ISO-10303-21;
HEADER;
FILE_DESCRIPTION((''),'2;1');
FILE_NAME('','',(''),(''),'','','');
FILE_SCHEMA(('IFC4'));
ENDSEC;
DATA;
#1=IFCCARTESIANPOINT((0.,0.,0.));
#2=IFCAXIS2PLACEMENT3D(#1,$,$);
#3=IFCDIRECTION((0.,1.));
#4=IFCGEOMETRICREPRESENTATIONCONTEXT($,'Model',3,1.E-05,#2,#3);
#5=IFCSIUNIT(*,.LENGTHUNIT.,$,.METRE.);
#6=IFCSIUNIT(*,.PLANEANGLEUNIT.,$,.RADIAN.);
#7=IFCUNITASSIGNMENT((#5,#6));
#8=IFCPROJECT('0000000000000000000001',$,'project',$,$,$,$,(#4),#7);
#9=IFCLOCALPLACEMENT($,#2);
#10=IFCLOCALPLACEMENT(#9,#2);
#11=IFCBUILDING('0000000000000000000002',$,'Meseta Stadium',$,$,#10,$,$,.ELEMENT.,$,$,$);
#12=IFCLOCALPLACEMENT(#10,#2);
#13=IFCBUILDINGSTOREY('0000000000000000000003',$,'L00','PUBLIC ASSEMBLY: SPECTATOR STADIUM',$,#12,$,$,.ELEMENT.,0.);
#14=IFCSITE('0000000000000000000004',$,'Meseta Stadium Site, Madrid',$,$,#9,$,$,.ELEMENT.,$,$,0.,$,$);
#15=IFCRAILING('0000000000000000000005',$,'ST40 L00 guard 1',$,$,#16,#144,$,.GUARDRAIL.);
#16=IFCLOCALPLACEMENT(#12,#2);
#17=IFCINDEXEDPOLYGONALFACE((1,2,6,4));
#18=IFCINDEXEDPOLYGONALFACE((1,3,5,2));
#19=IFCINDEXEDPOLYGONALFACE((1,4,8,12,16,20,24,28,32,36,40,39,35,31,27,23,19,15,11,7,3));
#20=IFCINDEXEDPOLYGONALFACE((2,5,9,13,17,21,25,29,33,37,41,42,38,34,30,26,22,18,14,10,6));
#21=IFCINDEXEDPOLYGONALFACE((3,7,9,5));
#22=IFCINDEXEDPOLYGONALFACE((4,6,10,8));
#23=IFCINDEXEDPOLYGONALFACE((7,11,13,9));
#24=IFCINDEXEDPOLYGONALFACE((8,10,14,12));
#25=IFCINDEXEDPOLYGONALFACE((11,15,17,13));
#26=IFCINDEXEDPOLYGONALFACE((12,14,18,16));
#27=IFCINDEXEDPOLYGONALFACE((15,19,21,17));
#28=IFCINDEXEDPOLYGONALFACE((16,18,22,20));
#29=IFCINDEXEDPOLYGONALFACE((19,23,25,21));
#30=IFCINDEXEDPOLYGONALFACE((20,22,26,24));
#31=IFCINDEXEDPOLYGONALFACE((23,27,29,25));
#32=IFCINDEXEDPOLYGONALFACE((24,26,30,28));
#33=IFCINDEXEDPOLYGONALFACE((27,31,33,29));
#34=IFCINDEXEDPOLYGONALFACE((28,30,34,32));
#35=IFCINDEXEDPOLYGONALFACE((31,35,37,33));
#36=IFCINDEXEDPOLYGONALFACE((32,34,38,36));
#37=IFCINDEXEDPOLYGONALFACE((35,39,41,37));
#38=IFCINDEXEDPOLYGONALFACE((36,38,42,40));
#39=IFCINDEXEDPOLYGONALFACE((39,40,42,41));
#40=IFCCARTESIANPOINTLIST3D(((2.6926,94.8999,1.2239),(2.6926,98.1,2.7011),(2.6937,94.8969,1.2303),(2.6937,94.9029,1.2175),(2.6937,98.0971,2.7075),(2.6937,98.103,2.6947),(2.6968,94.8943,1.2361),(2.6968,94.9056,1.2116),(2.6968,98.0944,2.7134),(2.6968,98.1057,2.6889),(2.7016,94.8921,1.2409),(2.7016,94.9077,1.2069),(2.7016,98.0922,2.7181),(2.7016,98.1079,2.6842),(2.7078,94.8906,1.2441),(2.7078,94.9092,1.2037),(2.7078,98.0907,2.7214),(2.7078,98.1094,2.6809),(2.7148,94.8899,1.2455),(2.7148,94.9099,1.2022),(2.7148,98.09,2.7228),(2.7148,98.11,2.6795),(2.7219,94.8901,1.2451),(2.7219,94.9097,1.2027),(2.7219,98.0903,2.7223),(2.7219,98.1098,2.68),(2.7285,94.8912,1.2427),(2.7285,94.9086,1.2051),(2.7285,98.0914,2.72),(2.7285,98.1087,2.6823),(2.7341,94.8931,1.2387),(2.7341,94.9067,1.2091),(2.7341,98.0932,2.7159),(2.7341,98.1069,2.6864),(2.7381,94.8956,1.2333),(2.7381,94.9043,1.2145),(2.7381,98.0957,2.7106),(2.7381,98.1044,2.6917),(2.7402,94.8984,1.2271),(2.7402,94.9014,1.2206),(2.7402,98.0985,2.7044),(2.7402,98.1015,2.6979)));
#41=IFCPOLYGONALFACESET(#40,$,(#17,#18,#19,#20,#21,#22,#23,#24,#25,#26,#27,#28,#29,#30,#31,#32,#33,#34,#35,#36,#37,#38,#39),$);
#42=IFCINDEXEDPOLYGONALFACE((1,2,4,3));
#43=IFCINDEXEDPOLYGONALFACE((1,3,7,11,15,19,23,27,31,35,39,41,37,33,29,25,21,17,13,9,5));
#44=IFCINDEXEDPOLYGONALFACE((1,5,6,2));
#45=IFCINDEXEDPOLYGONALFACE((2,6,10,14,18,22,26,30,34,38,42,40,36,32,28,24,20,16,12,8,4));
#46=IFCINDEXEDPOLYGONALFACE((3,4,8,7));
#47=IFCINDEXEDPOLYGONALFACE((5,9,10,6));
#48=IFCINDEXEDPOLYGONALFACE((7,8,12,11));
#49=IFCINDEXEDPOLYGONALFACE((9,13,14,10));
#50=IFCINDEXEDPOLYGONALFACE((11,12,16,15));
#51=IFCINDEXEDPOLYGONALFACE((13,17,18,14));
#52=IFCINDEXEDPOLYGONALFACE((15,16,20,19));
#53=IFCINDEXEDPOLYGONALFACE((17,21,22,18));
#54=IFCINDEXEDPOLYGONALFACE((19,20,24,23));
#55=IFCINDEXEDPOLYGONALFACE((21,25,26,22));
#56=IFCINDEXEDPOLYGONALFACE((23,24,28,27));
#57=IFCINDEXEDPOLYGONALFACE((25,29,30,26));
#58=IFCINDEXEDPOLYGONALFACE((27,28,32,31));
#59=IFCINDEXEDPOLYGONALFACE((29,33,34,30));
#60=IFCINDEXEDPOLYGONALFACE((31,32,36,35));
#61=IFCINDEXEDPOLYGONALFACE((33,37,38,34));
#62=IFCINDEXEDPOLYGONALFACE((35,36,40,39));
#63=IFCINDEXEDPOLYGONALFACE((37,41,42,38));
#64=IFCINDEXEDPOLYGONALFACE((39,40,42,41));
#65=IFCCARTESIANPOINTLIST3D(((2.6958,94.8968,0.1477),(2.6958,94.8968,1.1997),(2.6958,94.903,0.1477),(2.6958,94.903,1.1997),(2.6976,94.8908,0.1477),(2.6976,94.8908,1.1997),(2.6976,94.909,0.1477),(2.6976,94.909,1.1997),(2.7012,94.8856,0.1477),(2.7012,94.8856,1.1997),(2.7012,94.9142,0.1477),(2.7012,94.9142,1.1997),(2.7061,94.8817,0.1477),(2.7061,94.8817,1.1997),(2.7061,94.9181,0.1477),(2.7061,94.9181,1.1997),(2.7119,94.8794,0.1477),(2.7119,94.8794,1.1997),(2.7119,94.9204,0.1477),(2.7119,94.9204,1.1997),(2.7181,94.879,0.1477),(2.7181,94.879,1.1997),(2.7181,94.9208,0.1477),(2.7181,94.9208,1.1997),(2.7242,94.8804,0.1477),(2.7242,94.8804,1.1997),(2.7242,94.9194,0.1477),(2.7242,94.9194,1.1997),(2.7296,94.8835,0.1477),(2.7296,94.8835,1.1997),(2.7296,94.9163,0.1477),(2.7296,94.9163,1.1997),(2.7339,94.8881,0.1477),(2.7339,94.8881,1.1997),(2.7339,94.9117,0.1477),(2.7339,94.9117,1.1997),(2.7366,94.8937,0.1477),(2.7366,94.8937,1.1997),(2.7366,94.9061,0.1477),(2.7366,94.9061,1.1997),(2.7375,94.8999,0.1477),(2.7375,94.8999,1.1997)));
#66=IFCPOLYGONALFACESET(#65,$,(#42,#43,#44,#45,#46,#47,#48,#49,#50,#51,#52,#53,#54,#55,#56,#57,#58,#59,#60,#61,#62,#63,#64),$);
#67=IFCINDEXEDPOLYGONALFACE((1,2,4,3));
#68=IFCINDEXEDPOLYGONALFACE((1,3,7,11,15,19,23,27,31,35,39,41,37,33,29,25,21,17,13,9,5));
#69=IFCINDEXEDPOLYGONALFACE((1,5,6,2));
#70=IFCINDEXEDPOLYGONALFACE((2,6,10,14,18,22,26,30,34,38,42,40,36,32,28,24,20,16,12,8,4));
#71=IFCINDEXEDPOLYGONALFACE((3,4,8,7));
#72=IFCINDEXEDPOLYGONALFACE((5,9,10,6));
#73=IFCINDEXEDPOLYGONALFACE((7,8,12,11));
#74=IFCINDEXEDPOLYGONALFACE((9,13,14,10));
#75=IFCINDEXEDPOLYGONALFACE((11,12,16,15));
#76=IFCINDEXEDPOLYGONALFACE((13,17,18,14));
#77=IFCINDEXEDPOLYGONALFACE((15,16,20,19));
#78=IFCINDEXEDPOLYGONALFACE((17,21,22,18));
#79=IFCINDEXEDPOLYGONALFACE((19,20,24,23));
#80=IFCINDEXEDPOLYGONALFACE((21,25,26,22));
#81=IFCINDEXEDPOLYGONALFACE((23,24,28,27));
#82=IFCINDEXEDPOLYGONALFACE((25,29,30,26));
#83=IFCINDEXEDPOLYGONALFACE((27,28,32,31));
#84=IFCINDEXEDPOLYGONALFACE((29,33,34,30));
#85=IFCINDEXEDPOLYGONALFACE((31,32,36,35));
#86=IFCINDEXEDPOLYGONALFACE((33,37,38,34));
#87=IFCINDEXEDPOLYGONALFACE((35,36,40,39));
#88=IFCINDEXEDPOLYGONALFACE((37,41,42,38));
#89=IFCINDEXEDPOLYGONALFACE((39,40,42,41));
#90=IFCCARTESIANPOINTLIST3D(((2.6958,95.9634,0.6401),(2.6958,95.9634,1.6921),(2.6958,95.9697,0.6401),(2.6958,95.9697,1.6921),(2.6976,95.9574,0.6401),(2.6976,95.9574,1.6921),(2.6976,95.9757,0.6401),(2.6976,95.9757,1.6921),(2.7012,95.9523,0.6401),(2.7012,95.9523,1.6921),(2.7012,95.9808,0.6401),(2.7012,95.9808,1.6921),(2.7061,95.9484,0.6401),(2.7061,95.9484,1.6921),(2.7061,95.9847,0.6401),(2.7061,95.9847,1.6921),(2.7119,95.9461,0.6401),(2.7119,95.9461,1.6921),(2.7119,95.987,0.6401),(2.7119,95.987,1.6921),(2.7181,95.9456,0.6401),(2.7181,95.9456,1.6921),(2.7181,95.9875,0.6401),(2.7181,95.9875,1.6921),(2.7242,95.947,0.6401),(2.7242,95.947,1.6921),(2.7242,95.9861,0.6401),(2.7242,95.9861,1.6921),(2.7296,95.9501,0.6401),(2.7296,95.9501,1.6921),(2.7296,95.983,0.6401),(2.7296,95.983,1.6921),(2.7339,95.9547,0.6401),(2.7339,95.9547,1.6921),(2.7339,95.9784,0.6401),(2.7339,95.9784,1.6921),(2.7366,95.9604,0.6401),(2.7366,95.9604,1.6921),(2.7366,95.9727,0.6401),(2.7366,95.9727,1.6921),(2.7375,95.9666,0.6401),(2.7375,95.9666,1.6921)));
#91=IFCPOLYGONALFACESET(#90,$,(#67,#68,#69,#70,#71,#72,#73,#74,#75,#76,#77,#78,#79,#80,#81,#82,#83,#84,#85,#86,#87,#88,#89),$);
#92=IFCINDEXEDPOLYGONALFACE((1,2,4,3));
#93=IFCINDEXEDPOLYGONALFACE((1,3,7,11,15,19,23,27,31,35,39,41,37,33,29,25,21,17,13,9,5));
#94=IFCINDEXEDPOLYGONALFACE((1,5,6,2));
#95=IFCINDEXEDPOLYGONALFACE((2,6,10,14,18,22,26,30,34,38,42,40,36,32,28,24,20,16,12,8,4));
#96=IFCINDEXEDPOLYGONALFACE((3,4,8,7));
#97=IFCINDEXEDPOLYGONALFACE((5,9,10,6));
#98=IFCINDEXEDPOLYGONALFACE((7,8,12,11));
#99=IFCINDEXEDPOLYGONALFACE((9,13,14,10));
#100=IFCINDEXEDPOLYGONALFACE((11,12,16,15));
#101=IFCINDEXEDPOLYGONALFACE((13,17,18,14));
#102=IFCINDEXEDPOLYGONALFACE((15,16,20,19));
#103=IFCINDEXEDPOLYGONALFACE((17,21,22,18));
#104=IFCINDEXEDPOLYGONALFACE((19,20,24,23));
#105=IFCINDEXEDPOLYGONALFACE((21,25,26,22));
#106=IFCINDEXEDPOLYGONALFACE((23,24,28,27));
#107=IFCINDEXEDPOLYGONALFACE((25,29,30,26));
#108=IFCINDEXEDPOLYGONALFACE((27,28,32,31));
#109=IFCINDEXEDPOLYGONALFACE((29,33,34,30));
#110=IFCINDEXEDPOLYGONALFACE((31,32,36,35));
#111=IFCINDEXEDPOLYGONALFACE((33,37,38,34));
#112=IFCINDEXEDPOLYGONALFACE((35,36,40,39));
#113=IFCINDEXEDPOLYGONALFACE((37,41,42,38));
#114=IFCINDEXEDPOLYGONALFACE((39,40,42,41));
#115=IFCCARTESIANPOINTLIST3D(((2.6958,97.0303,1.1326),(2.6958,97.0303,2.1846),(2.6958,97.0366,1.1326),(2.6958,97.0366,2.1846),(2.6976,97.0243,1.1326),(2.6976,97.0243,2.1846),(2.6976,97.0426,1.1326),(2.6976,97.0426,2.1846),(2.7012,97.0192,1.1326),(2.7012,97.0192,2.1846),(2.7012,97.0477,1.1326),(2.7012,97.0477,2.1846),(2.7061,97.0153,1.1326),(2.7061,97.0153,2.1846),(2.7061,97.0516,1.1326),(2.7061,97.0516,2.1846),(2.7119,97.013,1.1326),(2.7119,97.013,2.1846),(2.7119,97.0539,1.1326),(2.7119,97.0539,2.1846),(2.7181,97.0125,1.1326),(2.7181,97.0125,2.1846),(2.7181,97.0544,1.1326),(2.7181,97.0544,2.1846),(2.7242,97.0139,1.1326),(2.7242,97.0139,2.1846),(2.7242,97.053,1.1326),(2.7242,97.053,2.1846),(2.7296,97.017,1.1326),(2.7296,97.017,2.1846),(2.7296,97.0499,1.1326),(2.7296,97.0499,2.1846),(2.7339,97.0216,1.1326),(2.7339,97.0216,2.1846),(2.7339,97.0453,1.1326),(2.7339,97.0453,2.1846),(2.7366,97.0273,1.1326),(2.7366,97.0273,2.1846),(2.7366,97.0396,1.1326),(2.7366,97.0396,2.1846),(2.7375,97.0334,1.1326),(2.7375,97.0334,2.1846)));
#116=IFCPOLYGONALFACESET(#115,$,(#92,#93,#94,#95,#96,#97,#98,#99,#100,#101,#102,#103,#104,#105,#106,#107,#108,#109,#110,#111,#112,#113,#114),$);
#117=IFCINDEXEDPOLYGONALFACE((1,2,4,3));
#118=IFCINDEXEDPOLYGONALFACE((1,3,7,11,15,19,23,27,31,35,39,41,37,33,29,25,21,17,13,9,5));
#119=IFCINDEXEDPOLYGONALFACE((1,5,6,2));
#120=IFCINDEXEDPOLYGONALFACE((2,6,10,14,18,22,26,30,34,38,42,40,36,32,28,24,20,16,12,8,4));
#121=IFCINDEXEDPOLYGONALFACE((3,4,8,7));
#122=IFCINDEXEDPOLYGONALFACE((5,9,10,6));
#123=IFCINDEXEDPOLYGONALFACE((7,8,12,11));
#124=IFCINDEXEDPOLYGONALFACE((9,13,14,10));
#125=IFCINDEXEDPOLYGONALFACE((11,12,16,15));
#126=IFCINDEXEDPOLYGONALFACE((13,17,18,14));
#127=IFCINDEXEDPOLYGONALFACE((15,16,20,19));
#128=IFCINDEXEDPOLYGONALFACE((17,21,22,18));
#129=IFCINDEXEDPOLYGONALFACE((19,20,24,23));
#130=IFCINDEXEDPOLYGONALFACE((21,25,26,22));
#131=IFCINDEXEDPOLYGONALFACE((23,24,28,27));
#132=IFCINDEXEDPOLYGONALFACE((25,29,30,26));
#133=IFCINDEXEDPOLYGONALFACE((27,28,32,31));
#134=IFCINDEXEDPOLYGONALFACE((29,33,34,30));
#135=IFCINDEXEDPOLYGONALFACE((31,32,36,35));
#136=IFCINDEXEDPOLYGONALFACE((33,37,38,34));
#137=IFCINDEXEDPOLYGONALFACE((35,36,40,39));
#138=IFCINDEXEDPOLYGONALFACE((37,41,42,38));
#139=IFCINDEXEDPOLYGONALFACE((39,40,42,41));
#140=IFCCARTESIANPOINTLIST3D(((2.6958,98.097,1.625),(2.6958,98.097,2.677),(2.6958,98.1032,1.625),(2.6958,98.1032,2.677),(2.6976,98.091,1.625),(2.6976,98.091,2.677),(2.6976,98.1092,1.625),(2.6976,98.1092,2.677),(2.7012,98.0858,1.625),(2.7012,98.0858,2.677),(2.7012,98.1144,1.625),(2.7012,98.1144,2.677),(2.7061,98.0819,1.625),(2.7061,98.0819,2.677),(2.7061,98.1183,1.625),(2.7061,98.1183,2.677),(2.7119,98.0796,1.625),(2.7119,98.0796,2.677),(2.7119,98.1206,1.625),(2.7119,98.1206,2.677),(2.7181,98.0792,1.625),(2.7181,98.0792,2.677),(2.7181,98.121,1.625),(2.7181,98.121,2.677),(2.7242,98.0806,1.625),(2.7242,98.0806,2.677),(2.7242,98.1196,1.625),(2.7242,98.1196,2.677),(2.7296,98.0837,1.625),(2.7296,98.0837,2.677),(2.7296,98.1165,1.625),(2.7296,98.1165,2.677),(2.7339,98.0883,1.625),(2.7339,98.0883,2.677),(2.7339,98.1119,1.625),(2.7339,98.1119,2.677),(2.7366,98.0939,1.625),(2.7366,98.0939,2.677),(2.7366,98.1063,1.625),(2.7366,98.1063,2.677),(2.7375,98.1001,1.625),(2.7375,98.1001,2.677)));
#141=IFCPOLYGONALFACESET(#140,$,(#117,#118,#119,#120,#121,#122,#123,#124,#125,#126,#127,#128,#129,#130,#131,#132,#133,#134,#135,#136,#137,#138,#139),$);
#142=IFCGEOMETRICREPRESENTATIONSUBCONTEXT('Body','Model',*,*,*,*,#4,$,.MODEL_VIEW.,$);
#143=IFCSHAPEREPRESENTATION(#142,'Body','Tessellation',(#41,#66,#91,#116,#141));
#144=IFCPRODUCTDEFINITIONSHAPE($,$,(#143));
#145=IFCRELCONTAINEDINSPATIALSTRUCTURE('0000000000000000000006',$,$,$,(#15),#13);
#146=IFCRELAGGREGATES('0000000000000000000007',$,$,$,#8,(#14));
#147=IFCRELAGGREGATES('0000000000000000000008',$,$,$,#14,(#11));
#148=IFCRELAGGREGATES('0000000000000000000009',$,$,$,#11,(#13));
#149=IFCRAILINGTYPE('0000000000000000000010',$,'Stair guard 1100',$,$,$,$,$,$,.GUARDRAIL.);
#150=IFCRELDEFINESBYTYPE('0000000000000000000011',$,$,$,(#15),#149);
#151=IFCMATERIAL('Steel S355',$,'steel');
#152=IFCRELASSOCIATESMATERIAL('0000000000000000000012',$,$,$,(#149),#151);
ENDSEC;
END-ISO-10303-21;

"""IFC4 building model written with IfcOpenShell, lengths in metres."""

from ifc_helpers import new_model, si_unit, direction, frame, origin, origin_2d, place, context, subcontext, project, spatial, circle, extrude, material, type_object, element, save


model = new_model("IFC4")

# Units and contexts
model_context = context("Model", 3, precision=1e-05, world=origin(), true_north=direction((0.0, 1.0)))
body_context = subcontext(model_context, "Body", "Model", "MODEL_VIEW")
ifc_project = project(units=[si_unit("LENGTHUNIT", "METRE"), si_unit("PLANEANGLEUNIT", "RADIAN")], contexts=[model_context])

# Site, building, storey
site_placement = place(None, origin())
site = spatial("IfcSite", under=ifc_project, at=site_placement, Name="Meseta Stadium Site, Madrid", CompositionType="ELEMENT", RefElevation=0.0)
building_placement = place(site_placement, origin())
building = spatial("IfcBuilding", under=site, at=building_placement, Name="Meseta Stadium", CompositionType="ELEMENT")
storey_placement = place(building_placement, origin())
storey = spatial("IfcBuildingStorey", under=building, at=storey_placement, Name="L00", Description="PUBLIC ASSEMBLY: SPECTATOR STADIUM", CompositionType="ELEMENT", Elevation=0.0)

# Railing
ifc_material_1 = material(Name="Steel S355", Category="steel")
railing_type_1 = type_object("IfcRailingType", Name="Stair guard 1100", PredefinedType="GUARDRAIL", material=ifc_material_1)
railing_1_placement = place(storey_placement, frame((2.7166, 94.8999, 0.1477)))
element("IfcRailing", 1, at=railing_1_placement, inside=storey, type_object=railing_type_1, Name="ST40 L00 guard 1", PredefinedType="GUARDRAIL", context=body_context, shape_type="SweptSolid", body=[
    extrude(circle(Radius=0.0239, at=origin_2d()), frame((0.0, 0.0, 1.0762), z_axis=(0.0, 0.907929, 0.419124), x_axis=(-1.0, 0.0, 0.0)), (0.0, 0.0, 1.0), 3.5247),
    extrude(circle(Radius=0.021, at=origin_2d()), origin(), (0.0, 0.0, 1.0), 1.052),
    extrude(circle(Radius=0.021, at=origin_2d()), frame((0.0, 1.0667, 0.4924)), (0.0, 0.0, 1.0), 1.052),
    extrude(circle(Radius=0.021, at=origin_2d()), frame((0.0, 2.1335, 0.9849)), (0.0, 0.0, 1.0), 1.052),
    extrude(circle(Radius=0.021, at=origin_2d()), frame((0.0, 3.2002, 1.4773)), (0.0, 0.0, 1.0), 1.052),
])

save(model, "model.ifc")
